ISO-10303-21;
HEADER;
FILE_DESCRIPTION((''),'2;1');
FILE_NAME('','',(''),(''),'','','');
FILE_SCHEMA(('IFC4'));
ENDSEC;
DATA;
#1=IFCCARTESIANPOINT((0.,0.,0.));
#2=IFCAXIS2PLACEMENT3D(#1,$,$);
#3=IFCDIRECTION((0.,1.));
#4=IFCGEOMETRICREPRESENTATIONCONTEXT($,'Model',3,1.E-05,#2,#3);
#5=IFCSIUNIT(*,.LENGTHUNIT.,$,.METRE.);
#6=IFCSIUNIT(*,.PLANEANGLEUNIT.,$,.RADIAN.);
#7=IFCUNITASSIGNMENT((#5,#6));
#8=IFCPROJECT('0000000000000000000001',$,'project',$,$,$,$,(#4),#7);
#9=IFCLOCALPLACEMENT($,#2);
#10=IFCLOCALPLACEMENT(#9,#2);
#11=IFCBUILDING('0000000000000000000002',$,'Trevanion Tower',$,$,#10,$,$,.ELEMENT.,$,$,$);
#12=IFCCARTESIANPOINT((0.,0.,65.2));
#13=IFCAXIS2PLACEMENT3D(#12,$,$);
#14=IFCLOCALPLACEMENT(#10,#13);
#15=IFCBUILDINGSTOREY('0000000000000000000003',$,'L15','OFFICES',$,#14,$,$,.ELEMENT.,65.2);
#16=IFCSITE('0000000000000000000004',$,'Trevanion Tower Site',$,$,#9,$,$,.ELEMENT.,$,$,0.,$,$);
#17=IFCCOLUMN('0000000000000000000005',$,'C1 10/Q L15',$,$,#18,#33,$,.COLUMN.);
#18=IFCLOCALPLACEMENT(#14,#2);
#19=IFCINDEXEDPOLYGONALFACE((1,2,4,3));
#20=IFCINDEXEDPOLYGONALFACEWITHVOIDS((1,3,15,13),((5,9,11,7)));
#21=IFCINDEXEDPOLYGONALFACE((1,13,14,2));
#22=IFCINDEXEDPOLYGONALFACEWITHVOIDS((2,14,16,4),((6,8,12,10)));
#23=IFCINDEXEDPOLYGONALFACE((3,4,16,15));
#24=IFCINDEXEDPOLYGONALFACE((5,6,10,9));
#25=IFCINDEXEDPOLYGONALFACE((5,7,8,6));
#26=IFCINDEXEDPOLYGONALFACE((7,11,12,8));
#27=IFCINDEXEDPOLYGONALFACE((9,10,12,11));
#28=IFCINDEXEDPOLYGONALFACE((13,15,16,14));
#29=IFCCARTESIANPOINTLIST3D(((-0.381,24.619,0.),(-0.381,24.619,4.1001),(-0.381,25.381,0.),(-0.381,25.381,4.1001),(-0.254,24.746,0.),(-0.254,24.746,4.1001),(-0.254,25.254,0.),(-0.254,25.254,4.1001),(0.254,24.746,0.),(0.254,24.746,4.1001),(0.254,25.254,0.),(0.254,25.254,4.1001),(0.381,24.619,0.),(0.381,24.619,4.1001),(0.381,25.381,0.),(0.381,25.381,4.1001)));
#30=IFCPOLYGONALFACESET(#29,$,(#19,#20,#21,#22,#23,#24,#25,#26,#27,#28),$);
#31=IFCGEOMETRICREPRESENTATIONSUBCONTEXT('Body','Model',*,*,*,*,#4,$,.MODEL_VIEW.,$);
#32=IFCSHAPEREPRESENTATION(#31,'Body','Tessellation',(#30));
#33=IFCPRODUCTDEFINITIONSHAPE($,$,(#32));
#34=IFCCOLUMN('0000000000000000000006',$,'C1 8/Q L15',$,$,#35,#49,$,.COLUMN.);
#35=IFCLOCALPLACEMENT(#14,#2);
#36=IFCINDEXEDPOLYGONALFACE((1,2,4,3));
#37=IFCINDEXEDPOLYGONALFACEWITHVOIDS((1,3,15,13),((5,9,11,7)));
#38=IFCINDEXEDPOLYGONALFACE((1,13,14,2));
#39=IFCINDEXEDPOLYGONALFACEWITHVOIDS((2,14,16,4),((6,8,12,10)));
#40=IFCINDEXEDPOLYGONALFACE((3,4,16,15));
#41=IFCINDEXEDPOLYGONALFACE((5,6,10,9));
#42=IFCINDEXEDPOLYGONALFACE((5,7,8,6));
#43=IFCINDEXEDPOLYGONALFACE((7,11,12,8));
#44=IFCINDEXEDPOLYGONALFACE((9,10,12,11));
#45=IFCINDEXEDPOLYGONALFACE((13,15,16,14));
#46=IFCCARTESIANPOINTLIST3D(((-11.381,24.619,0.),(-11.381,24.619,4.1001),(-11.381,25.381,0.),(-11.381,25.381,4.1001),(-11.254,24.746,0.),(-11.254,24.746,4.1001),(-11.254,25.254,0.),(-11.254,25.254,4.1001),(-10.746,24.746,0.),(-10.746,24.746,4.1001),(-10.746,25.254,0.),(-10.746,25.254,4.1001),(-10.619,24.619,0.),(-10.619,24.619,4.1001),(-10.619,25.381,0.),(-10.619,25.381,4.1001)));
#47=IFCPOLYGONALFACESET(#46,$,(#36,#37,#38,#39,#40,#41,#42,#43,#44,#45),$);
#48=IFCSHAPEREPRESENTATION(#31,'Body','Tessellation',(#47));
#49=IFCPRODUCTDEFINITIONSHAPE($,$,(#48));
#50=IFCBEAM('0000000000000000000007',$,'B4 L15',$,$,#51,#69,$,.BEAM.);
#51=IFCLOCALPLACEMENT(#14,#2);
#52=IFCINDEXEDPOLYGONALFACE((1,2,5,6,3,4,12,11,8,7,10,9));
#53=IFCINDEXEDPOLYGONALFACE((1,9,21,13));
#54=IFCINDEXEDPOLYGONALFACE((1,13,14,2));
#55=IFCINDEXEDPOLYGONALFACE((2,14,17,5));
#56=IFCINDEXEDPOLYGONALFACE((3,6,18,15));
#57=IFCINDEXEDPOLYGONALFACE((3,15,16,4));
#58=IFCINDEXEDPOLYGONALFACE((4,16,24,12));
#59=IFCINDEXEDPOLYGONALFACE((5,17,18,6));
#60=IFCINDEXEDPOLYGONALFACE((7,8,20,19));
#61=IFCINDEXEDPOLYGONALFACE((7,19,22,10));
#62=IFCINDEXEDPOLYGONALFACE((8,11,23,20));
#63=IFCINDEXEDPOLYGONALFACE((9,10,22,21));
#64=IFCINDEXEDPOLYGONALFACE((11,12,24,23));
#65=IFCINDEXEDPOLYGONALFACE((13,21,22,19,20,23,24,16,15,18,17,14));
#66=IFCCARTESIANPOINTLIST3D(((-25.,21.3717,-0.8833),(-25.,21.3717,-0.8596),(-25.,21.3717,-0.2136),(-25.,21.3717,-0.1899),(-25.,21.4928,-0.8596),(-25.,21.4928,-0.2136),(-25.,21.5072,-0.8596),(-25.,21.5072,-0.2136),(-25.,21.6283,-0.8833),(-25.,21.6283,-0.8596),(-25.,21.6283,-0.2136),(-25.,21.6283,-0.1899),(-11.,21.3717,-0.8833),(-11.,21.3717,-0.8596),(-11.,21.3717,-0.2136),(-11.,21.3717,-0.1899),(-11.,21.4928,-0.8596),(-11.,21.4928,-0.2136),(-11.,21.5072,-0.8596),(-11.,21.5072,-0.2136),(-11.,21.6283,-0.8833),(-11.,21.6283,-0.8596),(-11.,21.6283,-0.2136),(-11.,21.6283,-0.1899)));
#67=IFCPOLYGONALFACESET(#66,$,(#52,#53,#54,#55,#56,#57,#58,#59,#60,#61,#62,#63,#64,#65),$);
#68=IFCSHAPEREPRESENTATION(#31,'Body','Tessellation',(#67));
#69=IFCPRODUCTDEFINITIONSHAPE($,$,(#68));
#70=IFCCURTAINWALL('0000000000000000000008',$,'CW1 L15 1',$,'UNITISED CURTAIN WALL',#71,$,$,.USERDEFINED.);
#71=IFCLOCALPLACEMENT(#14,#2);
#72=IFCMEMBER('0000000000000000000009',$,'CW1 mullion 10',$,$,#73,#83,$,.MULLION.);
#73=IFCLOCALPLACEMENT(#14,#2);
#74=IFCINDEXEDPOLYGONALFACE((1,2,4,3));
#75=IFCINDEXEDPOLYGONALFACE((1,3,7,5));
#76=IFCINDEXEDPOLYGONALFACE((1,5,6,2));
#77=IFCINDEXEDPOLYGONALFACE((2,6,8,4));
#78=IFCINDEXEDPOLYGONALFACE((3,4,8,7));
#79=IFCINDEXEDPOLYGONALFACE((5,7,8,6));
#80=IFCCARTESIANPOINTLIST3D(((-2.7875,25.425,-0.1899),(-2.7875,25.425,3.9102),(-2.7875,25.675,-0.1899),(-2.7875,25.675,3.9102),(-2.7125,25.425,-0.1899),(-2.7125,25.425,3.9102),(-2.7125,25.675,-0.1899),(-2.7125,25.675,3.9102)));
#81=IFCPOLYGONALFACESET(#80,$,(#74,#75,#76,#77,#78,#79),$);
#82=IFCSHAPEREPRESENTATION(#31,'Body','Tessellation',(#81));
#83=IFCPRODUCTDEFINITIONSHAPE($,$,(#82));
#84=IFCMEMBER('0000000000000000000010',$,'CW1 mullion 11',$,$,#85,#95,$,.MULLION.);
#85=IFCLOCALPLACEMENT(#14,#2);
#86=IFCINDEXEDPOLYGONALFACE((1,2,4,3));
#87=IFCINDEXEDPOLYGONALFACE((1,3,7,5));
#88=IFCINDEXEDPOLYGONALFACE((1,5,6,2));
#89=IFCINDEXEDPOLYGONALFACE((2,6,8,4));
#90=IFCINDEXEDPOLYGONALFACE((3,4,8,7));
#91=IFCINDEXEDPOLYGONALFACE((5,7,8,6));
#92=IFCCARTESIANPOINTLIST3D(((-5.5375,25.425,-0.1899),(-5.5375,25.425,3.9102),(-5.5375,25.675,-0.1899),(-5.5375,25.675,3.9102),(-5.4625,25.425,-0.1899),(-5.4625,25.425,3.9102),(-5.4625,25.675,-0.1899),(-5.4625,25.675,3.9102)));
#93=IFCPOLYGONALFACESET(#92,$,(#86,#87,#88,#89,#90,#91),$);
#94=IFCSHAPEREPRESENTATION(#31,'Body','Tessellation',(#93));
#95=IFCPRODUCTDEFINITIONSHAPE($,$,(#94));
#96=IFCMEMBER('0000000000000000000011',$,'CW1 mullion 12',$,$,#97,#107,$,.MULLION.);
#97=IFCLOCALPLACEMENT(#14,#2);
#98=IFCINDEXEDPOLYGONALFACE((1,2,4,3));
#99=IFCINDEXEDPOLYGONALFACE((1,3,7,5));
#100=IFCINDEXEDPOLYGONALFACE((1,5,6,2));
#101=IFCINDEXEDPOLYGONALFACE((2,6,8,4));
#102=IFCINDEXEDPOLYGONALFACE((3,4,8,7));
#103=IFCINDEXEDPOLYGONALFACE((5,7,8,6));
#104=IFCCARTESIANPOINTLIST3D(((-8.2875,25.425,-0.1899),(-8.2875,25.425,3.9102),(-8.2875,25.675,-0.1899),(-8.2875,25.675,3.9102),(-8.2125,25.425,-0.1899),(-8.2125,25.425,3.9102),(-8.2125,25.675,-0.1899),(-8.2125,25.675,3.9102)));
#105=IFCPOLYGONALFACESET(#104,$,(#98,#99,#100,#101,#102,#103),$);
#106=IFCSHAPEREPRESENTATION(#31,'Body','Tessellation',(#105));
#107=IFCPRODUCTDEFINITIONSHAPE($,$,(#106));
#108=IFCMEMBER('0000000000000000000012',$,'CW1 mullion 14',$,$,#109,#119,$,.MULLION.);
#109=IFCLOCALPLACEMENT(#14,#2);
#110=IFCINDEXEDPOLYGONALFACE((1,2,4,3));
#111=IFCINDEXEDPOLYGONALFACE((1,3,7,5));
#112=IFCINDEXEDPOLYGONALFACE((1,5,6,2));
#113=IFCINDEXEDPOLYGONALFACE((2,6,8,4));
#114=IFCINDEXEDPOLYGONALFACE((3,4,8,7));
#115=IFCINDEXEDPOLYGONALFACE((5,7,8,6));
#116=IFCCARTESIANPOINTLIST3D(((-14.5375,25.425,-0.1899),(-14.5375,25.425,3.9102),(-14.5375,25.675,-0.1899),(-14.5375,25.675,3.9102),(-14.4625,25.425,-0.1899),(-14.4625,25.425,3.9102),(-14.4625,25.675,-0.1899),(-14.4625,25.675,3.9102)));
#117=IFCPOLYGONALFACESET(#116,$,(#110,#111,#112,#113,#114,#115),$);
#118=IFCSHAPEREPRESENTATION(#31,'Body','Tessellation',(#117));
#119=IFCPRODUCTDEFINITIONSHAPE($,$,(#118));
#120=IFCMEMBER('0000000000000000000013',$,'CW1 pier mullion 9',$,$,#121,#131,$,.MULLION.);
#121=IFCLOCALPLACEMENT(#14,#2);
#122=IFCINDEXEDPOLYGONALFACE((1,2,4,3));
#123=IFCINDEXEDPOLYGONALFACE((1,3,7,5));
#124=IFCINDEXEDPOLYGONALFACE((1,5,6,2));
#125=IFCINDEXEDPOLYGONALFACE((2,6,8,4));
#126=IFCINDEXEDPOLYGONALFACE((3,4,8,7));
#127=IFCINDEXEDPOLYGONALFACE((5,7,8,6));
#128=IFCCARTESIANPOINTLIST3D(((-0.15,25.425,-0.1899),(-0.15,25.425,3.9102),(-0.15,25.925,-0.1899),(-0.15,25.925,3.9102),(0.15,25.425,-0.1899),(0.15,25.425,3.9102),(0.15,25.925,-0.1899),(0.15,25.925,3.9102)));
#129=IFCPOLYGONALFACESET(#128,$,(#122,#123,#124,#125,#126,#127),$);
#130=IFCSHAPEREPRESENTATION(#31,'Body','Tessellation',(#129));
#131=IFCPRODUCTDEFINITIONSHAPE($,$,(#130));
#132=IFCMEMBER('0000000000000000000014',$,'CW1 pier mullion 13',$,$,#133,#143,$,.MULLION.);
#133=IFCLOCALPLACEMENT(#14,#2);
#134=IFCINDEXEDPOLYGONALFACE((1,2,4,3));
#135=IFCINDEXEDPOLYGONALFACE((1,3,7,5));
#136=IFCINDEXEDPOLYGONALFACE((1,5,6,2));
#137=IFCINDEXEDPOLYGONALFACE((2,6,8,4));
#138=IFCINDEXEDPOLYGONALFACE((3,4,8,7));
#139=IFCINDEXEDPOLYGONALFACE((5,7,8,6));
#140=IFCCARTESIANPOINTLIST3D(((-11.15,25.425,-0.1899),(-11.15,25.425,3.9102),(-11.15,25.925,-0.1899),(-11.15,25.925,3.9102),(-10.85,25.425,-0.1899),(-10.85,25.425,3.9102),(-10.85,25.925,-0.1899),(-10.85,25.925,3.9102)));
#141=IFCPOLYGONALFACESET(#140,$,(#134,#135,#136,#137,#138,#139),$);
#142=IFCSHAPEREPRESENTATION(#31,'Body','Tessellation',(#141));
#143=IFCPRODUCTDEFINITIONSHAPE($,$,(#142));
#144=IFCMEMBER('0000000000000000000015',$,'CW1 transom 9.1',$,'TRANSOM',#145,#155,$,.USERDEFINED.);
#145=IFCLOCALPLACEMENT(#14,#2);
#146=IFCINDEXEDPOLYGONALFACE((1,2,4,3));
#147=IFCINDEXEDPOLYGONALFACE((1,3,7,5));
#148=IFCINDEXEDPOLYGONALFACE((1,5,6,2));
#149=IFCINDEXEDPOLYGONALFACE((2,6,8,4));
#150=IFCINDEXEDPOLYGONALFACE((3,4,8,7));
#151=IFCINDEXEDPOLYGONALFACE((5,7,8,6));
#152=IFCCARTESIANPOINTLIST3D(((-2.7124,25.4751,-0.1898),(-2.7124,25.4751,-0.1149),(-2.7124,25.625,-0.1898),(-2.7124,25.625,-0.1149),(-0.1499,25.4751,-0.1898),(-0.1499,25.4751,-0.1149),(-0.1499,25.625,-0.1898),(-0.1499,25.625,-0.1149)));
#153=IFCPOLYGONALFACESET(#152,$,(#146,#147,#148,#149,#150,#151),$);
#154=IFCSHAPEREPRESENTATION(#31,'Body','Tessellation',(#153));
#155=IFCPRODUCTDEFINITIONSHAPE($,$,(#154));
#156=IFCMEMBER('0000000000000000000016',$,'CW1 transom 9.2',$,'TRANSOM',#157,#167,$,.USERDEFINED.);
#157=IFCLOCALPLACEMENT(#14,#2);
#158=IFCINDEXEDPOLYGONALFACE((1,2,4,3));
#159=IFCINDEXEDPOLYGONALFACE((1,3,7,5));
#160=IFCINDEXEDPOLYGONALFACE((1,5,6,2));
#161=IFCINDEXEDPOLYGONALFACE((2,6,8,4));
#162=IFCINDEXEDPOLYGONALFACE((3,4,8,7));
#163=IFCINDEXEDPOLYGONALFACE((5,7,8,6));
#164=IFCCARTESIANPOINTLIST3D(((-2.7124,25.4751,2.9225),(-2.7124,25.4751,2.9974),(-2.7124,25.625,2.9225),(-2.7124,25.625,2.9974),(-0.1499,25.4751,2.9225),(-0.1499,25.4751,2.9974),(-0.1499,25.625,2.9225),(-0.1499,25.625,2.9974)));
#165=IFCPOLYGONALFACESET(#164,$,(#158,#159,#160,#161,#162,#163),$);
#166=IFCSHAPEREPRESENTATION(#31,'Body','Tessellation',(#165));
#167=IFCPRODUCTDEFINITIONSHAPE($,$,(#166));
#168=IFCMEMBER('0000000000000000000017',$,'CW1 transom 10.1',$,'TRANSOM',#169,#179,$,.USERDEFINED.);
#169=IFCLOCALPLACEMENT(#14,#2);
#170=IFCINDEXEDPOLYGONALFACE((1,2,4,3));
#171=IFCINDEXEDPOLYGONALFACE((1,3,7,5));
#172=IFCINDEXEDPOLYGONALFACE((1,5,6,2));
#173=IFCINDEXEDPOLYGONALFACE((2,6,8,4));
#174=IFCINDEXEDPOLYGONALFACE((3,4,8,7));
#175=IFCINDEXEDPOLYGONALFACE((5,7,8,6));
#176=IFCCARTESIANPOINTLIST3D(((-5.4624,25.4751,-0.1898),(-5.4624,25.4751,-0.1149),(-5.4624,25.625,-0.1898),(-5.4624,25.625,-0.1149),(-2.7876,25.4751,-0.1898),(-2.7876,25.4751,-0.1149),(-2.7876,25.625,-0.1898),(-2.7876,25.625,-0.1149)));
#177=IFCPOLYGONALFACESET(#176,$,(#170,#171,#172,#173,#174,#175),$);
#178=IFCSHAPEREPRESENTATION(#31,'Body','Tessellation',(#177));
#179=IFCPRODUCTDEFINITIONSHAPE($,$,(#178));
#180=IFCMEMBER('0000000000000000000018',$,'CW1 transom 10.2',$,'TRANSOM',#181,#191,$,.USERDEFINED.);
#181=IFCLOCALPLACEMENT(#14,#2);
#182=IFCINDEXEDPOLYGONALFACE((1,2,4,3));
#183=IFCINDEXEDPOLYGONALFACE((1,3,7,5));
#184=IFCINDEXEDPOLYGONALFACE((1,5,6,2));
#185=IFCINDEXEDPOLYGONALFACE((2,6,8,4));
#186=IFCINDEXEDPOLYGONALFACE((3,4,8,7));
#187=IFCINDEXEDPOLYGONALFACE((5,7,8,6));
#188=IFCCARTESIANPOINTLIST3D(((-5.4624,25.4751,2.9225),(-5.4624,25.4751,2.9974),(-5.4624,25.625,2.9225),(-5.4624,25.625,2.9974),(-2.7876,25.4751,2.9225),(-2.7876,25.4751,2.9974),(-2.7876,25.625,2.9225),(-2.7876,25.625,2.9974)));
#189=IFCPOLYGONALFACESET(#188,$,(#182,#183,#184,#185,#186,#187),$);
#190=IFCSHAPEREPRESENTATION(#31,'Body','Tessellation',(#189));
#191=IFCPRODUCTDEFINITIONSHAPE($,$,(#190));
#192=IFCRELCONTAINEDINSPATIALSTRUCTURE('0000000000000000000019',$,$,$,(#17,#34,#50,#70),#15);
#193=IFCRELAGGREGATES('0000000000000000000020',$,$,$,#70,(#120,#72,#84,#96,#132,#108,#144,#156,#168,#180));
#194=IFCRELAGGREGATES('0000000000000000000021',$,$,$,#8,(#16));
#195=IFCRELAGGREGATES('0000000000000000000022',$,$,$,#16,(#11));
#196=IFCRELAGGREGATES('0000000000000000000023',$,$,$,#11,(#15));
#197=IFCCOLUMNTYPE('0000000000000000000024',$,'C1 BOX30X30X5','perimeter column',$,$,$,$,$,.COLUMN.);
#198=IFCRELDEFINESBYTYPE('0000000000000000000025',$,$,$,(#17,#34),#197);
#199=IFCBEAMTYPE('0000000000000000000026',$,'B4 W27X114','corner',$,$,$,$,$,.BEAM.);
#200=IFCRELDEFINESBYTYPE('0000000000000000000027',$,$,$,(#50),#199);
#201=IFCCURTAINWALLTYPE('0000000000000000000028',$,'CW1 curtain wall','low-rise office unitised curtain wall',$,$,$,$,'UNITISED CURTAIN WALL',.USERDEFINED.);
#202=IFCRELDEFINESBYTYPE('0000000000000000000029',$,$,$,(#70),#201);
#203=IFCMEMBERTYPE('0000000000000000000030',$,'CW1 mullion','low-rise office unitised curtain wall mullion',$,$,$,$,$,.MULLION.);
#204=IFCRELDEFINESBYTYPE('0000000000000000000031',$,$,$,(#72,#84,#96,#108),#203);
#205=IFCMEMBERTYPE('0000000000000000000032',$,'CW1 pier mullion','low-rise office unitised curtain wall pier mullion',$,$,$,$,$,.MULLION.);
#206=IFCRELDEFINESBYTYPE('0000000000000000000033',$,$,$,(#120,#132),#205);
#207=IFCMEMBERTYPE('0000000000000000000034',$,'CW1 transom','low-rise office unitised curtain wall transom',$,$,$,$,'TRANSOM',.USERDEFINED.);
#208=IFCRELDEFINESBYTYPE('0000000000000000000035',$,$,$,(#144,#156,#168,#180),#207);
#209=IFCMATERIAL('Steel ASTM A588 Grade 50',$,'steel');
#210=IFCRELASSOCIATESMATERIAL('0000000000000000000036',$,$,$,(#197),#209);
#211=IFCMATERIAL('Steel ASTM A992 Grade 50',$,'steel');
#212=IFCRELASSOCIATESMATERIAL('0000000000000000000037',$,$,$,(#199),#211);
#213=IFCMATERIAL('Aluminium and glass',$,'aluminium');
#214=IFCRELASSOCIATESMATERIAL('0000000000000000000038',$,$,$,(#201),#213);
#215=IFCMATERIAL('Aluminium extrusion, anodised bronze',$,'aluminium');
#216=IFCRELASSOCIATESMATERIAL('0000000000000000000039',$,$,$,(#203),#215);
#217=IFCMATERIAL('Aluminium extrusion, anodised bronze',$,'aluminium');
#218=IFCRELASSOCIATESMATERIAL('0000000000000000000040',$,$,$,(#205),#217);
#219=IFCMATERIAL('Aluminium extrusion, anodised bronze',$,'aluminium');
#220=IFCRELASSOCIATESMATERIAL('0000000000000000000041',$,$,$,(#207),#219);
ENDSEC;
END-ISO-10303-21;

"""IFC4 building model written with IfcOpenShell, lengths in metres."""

from ifc_helpers import new_model, si_unit, direction, frame, origin, origin_2d, place, context, subcontext, project, spatial, rectangle, hollow_rectangle, i_section, extrude, material, material_profile, profile_set, type_object, element, aggregate, save


model = new_model("IFC4")

# Units and contexts
model_context = context("Model", 3, precision=1e-05, world=origin(), true_north=direction((0.0, 1.0)))
body_context = subcontext(model_context, "Body", "Model", "MODEL_VIEW")
ifc_project = project(units=[si_unit("LENGTHUNIT", "METRE"), si_unit("PLANEANGLEUNIT", "RADIAN")], contexts=[model_context])

# Site, building, storey
site_placement = place(None, origin())
site = spatial("IfcSite", under=ifc_project, at=site_placement, Name="Trevanion Tower Site", CompositionType="ELEMENT", RefElevation=0.0)
building_placement = place(site_placement, origin())
building = spatial("IfcBuilding", under=site, at=building_placement, Name="Trevanion Tower", CompositionType="ELEMENT")
storey_placement = place(building_placement, frame((0.0, 0.0, 65.2)))
storey = spatial("IfcBuildingStorey", under=building, at=storey_placement, Name="L15", Description="OFFICES", CompositionType="ELEMENT", Elevation=65.2)

# Columns
ifc_material_1 = material(Name="Steel ASTM A588 Grade 50", Category="steel")
ifc_material_profile_1 = material_profile(ifc_material_1, hollow_rectangle(XDim=0.762, YDim=0.762, WallThickness=0.127, at=origin_2d()), Name="BOX30X30X5")
ifc_profile_set_1 = profile_set([ifc_material_profile_1], Name="Steel ASTM A588 Grade 50")
column_type = type_object("IfcColumnType", Name="C1 BOX30X30X5", Description="perimeter column", PredefinedType="COLUMN", material=ifc_profile_set_1)
for number, where, z_axis, x_axis, name in (
    (1, (0.0, 25.0, 0.0), (0.0, 0.0, 1.0), (1.0, 0.0, 0.0), "C1 10/Q L15"),
    (2, (-11.0, 25.0, 0.0), (0.0, 0.0, 1.0), (1.0, 0.0, 0.0), "C1 8/Q L15"),
):
    element("IfcColumn", number, at=place(storey_placement, frame(where, z_axis=z_axis, x_axis=x_axis)), inside=storey, type_object=column_type, Name=name, PredefinedType="COLUMN", context=body_context, shape_type="SweptSolid", body=[
        extrude(hollow_rectangle(XDim=0.762, YDim=0.762, WallThickness=0.127, at=origin_2d()), origin(), (0.0, 0.0, 1.0), 4.1001),
    ])

# Beam
ifc_material_2 = material(Name="Steel ASTM A992 Grade 50", Category="steel")
ifc_material_profile_2 = material_profile(ifc_material_2, i_section(OverallWidth=0.2566, OverallDepth=0.6934, WebThickness=0.0144, FlangeThickness=0.0237, at=origin_2d()), Name="W27X114")
ifc_profile_set_2 = profile_set([ifc_material_profile_2], Name="Steel ASTM A992 Grade 50")
beam_type_1 = type_object("IfcBeamType", Name="B4 W27X114", Description="corner", PredefinedType="BEAM", material=ifc_profile_set_2)
beam_1_placement = place(storey_placement, frame((-11.0, 21.5, -0.5366), z_axis=(-1.0, 0.0, 0.0), x_axis=(0.0, -1.0, 0.0)))
element("IfcBeam", 3, at=beam_1_placement, inside=storey, type_object=beam_type_1, Name="B4 L15", PredefinedType="BEAM", context=body_context, shape_type="SweptSolid", body=[
    extrude(i_section(OverallWidth=0.2566, OverallDepth=0.6934, WebThickness=0.0144, FlangeThickness=0.0237, at=origin_2d()), origin(), (0.0, 0.0, 1.0), 14.0),
])

# Curtain wall, members
ifc_material_3 = material(Name="Aluminium and glass", Category="aluminium")
curtain_wall_type = type_object("IfcCurtainWallType", Name="CW1 curtain wall", Description="low-rise office unitised curtain wall", ElementType="UNITISED CURTAIN WALL", PredefinedType="USERDEFINED", material=ifc_material_3)
curtain_wall_placement = place(storey_placement, origin())
curtain_wall = element("IfcCurtainWall", 4, at=curtain_wall_placement, inside=storey, type_object=curtain_wall_type, Name="CW1 L15 1", ObjectType="UNITISED CURTAIN WALL", PredefinedType="USERDEFINED")
ifc_material_4 = material(Name="Aluminium extrusion, anodised bronze", Category="aluminium")
ifc_material_profile_3 = material_profile(ifc_material_4, rectangle(XDim=0.075, YDim=0.25, at=origin_2d()), Name="CW1 mullion")
ifc_profile_set_3 = profile_set([ifc_material_profile_3], Name="Aluminium extrusion, anodised bronze")
member_type_1 = type_object("IfcMemberType", Name="CW1 mullion", Description="low-rise office unitised curtain wall mullion", PredefinedType="MULLION", material=ifc_profile_set_3)
member_1_placement = place(storey_placement, frame((-2.75, 25.55, -0.1899), z_axis=(0.0, 0.0, 1.0), x_axis=(-1.0, 0.0, 0.0)))
member_1 = element("IfcMember", 5, at=member_1_placement, type_object=member_type_1, Name="CW1 mullion 10", PredefinedType="MULLION", context=body_context, shape_type="SweptSolid", body=[
    extrude(rectangle(XDim=0.075, YDim=0.25, at=origin_2d()), origin(), (0.0, 0.0, 1.0), 4.1001),
])
member_2_placement = place(storey_placement, frame((-5.5, 25.55, -0.1899), z_axis=(0.0, 0.0, 1.0), x_axis=(-1.0, 0.0, 0.0)))
member_2 = element("IfcMember", 6, at=member_2_placement, type_object=member_type_1, Name="CW1 mullion 11", PredefinedType="MULLION", context=body_context, shape_type="SweptSolid", body=[
    extrude(rectangle(XDim=0.075, YDim=0.25, at=origin_2d()), origin(), (0.0, 0.0, 1.0), 4.1001),
])
member_3_placement = place(storey_placement, frame((-8.25, 25.55, -0.1899), z_axis=(0.0, 0.0, 1.0), x_axis=(-1.0, 0.0, 0.0)))
member_3 = element("IfcMember", 7, at=member_3_placement, type_object=member_type_1, Name="CW1 mullion 12", PredefinedType="MULLION", context=body_context, shape_type="SweptSolid", body=[
    extrude(rectangle(XDim=0.075, YDim=0.25, at=origin_2d()), origin(), (0.0, 0.0, 1.0), 4.1001),
])
member_4_placement = place(storey_placement, frame((-14.5, 25.55, -0.1899), z_axis=(0.0, 0.0, 1.0), x_axis=(-1.0, 0.0, 0.0)))
member_4 = element("IfcMember", 8, at=member_4_placement, type_object=member_type_1, Name="CW1 mullion 14", PredefinedType="MULLION", context=body_context, shape_type="SweptSolid", body=[
    extrude(rectangle(XDim=0.075, YDim=0.25, at=origin_2d()), origin(), (0.0, 0.0, 1.0), 4.1001),
])
ifc_material_5 = material(Name="Aluminium extrusion, anodised bronze", Category="aluminium")
ifc_material_profile_4 = material_profile(ifc_material_5, rectangle(XDim=0.3, YDim=0.5, at=origin_2d()), Name="CW1 pier mullion")
ifc_profile_set_4 = profile_set([ifc_material_profile_4], Name="Aluminium extrusion, anodised bronze")
member_type_2 = type_object("IfcMemberType", Name="CW1 pier mullion", Description="low-rise office unitised curtain wall pier mullion", PredefinedType="MULLION", material=ifc_profile_set_4)
member_5_placement = place(storey_placement, frame((0.0, 25.675, -0.1899), z_axis=(0.0, 0.0, 1.0), x_axis=(-1.0, 0.0, 0.0)))
member_5 = element("IfcMember", 9, at=member_5_placement, type_object=member_type_2, Name="CW1 pier mullion 9", PredefinedType="MULLION", context=body_context, shape_type="SweptSolid", body=[
    extrude(rectangle(XDim=0.3, YDim=0.5, at=origin_2d()), origin(), (0.0, 0.0, 1.0), 4.1001),
])
member_6_placement = place(storey_placement, frame((-11.0, 25.675, -0.1899), z_axis=(0.0, 0.0, 1.0), x_axis=(-1.0, 0.0, 0.0)))
member_6 = element("IfcMember", 10, at=member_6_placement, type_object=member_type_2, Name="CW1 pier mullion 13", PredefinedType="MULLION", context=body_context, shape_type="SweptSolid", body=[
    extrude(rectangle(XDim=0.3, YDim=0.5, at=origin_2d()), origin(), (0.0, 0.0, 1.0), 4.1001),
])
ifc_material_6 = material(Name="Aluminium extrusion, anodised bronze", Category="aluminium")
ifc_material_profile_5 = material_profile(ifc_material_6, rectangle(XDim=0.1499, YDim=0.075, at=origin_2d()), Name="CW1 transom")
ifc_profile_set_5 = profile_set([ifc_material_profile_5], Name="Aluminium extrusion, anodised bronze")
member_type_3 = type_object("IfcMemberType", Name="CW1 transom", Description="low-rise office unitised curtain wall transom", ElementType="TRANSOM", PredefinedType="USERDEFINED", material=ifc_profile_set_5)
member_7_placement = place(storey_placement, frame((-0.1499, 25.55, -0.1523), z_axis=(-1.0, 0.0, 0.0), x_axis=(0.0, -1.0, 0.0)))
member_7 = element("IfcMember", 11, at=member_7_placement, type_object=member_type_3, Name="CW1 transom 9.1", ObjectType="TRANSOM", PredefinedType="USERDEFINED", context=body_context, shape_type="SweptSolid", body=[
    extrude(rectangle(XDim=0.1499, YDim=0.075, at=origin_2d()), origin(), (0.0, 0.0, 1.0), 2.5625),
])
member_8_placement = place(storey_placement, frame((-0.1499, 25.55, 2.96), z_axis=(-1.0, 0.0, 0.0), x_axis=(0.0, -1.0, 0.0)))
member_8 = element("IfcMember", 12, at=member_8_placement, type_object=member_type_3, Name="CW1 transom 9.2", ObjectType="TRANSOM", PredefinedType="USERDEFINED", context=body_context, shape_type="SweptSolid", body=[
    extrude(rectangle(XDim=0.1499, YDim=0.075, at=origin_2d()), origin(), (0.0, 0.0, 1.0), 2.5625),
])
member_9_placement = place(storey_placement, frame((-2.7876, 25.55, -0.1523), z_axis=(-1.0, 0.0, 0.0), x_axis=(0.0, -1.0, 0.0)))
member_9 = element("IfcMember", 13, at=member_9_placement, type_object=member_type_3, Name="CW1 transom 10.1", ObjectType="TRANSOM", PredefinedType="USERDEFINED", context=body_context, shape_type="SweptSolid", body=[
    extrude(rectangle(XDim=0.1499, YDim=0.075, at=origin_2d()), origin(), (0.0, 0.0, 1.0), 2.6748),
])
member_10_placement = place(storey_placement, frame((-2.7876, 25.55, 2.96), z_axis=(-1.0, 0.0, 0.0), x_axis=(0.0, -1.0, 0.0)))
member_10 = element("IfcMember", 14, at=member_10_placement, type_object=member_type_3, Name="CW1 transom 10.2", ObjectType="TRANSOM", PredefinedType="USERDEFINED", context=body_context, shape_type="SweptSolid", body=[
    extrude(rectangle(XDim=0.1499, YDim=0.075, at=origin_2d()), origin(), (0.0, 0.0, 1.0), 2.6748),
])

aggregate(curtain_wall, [member_5, member_1, member_2, member_3, member_6, member_4, member_7, member_8, member_9, member_10])

save(model, "model.ifc")
